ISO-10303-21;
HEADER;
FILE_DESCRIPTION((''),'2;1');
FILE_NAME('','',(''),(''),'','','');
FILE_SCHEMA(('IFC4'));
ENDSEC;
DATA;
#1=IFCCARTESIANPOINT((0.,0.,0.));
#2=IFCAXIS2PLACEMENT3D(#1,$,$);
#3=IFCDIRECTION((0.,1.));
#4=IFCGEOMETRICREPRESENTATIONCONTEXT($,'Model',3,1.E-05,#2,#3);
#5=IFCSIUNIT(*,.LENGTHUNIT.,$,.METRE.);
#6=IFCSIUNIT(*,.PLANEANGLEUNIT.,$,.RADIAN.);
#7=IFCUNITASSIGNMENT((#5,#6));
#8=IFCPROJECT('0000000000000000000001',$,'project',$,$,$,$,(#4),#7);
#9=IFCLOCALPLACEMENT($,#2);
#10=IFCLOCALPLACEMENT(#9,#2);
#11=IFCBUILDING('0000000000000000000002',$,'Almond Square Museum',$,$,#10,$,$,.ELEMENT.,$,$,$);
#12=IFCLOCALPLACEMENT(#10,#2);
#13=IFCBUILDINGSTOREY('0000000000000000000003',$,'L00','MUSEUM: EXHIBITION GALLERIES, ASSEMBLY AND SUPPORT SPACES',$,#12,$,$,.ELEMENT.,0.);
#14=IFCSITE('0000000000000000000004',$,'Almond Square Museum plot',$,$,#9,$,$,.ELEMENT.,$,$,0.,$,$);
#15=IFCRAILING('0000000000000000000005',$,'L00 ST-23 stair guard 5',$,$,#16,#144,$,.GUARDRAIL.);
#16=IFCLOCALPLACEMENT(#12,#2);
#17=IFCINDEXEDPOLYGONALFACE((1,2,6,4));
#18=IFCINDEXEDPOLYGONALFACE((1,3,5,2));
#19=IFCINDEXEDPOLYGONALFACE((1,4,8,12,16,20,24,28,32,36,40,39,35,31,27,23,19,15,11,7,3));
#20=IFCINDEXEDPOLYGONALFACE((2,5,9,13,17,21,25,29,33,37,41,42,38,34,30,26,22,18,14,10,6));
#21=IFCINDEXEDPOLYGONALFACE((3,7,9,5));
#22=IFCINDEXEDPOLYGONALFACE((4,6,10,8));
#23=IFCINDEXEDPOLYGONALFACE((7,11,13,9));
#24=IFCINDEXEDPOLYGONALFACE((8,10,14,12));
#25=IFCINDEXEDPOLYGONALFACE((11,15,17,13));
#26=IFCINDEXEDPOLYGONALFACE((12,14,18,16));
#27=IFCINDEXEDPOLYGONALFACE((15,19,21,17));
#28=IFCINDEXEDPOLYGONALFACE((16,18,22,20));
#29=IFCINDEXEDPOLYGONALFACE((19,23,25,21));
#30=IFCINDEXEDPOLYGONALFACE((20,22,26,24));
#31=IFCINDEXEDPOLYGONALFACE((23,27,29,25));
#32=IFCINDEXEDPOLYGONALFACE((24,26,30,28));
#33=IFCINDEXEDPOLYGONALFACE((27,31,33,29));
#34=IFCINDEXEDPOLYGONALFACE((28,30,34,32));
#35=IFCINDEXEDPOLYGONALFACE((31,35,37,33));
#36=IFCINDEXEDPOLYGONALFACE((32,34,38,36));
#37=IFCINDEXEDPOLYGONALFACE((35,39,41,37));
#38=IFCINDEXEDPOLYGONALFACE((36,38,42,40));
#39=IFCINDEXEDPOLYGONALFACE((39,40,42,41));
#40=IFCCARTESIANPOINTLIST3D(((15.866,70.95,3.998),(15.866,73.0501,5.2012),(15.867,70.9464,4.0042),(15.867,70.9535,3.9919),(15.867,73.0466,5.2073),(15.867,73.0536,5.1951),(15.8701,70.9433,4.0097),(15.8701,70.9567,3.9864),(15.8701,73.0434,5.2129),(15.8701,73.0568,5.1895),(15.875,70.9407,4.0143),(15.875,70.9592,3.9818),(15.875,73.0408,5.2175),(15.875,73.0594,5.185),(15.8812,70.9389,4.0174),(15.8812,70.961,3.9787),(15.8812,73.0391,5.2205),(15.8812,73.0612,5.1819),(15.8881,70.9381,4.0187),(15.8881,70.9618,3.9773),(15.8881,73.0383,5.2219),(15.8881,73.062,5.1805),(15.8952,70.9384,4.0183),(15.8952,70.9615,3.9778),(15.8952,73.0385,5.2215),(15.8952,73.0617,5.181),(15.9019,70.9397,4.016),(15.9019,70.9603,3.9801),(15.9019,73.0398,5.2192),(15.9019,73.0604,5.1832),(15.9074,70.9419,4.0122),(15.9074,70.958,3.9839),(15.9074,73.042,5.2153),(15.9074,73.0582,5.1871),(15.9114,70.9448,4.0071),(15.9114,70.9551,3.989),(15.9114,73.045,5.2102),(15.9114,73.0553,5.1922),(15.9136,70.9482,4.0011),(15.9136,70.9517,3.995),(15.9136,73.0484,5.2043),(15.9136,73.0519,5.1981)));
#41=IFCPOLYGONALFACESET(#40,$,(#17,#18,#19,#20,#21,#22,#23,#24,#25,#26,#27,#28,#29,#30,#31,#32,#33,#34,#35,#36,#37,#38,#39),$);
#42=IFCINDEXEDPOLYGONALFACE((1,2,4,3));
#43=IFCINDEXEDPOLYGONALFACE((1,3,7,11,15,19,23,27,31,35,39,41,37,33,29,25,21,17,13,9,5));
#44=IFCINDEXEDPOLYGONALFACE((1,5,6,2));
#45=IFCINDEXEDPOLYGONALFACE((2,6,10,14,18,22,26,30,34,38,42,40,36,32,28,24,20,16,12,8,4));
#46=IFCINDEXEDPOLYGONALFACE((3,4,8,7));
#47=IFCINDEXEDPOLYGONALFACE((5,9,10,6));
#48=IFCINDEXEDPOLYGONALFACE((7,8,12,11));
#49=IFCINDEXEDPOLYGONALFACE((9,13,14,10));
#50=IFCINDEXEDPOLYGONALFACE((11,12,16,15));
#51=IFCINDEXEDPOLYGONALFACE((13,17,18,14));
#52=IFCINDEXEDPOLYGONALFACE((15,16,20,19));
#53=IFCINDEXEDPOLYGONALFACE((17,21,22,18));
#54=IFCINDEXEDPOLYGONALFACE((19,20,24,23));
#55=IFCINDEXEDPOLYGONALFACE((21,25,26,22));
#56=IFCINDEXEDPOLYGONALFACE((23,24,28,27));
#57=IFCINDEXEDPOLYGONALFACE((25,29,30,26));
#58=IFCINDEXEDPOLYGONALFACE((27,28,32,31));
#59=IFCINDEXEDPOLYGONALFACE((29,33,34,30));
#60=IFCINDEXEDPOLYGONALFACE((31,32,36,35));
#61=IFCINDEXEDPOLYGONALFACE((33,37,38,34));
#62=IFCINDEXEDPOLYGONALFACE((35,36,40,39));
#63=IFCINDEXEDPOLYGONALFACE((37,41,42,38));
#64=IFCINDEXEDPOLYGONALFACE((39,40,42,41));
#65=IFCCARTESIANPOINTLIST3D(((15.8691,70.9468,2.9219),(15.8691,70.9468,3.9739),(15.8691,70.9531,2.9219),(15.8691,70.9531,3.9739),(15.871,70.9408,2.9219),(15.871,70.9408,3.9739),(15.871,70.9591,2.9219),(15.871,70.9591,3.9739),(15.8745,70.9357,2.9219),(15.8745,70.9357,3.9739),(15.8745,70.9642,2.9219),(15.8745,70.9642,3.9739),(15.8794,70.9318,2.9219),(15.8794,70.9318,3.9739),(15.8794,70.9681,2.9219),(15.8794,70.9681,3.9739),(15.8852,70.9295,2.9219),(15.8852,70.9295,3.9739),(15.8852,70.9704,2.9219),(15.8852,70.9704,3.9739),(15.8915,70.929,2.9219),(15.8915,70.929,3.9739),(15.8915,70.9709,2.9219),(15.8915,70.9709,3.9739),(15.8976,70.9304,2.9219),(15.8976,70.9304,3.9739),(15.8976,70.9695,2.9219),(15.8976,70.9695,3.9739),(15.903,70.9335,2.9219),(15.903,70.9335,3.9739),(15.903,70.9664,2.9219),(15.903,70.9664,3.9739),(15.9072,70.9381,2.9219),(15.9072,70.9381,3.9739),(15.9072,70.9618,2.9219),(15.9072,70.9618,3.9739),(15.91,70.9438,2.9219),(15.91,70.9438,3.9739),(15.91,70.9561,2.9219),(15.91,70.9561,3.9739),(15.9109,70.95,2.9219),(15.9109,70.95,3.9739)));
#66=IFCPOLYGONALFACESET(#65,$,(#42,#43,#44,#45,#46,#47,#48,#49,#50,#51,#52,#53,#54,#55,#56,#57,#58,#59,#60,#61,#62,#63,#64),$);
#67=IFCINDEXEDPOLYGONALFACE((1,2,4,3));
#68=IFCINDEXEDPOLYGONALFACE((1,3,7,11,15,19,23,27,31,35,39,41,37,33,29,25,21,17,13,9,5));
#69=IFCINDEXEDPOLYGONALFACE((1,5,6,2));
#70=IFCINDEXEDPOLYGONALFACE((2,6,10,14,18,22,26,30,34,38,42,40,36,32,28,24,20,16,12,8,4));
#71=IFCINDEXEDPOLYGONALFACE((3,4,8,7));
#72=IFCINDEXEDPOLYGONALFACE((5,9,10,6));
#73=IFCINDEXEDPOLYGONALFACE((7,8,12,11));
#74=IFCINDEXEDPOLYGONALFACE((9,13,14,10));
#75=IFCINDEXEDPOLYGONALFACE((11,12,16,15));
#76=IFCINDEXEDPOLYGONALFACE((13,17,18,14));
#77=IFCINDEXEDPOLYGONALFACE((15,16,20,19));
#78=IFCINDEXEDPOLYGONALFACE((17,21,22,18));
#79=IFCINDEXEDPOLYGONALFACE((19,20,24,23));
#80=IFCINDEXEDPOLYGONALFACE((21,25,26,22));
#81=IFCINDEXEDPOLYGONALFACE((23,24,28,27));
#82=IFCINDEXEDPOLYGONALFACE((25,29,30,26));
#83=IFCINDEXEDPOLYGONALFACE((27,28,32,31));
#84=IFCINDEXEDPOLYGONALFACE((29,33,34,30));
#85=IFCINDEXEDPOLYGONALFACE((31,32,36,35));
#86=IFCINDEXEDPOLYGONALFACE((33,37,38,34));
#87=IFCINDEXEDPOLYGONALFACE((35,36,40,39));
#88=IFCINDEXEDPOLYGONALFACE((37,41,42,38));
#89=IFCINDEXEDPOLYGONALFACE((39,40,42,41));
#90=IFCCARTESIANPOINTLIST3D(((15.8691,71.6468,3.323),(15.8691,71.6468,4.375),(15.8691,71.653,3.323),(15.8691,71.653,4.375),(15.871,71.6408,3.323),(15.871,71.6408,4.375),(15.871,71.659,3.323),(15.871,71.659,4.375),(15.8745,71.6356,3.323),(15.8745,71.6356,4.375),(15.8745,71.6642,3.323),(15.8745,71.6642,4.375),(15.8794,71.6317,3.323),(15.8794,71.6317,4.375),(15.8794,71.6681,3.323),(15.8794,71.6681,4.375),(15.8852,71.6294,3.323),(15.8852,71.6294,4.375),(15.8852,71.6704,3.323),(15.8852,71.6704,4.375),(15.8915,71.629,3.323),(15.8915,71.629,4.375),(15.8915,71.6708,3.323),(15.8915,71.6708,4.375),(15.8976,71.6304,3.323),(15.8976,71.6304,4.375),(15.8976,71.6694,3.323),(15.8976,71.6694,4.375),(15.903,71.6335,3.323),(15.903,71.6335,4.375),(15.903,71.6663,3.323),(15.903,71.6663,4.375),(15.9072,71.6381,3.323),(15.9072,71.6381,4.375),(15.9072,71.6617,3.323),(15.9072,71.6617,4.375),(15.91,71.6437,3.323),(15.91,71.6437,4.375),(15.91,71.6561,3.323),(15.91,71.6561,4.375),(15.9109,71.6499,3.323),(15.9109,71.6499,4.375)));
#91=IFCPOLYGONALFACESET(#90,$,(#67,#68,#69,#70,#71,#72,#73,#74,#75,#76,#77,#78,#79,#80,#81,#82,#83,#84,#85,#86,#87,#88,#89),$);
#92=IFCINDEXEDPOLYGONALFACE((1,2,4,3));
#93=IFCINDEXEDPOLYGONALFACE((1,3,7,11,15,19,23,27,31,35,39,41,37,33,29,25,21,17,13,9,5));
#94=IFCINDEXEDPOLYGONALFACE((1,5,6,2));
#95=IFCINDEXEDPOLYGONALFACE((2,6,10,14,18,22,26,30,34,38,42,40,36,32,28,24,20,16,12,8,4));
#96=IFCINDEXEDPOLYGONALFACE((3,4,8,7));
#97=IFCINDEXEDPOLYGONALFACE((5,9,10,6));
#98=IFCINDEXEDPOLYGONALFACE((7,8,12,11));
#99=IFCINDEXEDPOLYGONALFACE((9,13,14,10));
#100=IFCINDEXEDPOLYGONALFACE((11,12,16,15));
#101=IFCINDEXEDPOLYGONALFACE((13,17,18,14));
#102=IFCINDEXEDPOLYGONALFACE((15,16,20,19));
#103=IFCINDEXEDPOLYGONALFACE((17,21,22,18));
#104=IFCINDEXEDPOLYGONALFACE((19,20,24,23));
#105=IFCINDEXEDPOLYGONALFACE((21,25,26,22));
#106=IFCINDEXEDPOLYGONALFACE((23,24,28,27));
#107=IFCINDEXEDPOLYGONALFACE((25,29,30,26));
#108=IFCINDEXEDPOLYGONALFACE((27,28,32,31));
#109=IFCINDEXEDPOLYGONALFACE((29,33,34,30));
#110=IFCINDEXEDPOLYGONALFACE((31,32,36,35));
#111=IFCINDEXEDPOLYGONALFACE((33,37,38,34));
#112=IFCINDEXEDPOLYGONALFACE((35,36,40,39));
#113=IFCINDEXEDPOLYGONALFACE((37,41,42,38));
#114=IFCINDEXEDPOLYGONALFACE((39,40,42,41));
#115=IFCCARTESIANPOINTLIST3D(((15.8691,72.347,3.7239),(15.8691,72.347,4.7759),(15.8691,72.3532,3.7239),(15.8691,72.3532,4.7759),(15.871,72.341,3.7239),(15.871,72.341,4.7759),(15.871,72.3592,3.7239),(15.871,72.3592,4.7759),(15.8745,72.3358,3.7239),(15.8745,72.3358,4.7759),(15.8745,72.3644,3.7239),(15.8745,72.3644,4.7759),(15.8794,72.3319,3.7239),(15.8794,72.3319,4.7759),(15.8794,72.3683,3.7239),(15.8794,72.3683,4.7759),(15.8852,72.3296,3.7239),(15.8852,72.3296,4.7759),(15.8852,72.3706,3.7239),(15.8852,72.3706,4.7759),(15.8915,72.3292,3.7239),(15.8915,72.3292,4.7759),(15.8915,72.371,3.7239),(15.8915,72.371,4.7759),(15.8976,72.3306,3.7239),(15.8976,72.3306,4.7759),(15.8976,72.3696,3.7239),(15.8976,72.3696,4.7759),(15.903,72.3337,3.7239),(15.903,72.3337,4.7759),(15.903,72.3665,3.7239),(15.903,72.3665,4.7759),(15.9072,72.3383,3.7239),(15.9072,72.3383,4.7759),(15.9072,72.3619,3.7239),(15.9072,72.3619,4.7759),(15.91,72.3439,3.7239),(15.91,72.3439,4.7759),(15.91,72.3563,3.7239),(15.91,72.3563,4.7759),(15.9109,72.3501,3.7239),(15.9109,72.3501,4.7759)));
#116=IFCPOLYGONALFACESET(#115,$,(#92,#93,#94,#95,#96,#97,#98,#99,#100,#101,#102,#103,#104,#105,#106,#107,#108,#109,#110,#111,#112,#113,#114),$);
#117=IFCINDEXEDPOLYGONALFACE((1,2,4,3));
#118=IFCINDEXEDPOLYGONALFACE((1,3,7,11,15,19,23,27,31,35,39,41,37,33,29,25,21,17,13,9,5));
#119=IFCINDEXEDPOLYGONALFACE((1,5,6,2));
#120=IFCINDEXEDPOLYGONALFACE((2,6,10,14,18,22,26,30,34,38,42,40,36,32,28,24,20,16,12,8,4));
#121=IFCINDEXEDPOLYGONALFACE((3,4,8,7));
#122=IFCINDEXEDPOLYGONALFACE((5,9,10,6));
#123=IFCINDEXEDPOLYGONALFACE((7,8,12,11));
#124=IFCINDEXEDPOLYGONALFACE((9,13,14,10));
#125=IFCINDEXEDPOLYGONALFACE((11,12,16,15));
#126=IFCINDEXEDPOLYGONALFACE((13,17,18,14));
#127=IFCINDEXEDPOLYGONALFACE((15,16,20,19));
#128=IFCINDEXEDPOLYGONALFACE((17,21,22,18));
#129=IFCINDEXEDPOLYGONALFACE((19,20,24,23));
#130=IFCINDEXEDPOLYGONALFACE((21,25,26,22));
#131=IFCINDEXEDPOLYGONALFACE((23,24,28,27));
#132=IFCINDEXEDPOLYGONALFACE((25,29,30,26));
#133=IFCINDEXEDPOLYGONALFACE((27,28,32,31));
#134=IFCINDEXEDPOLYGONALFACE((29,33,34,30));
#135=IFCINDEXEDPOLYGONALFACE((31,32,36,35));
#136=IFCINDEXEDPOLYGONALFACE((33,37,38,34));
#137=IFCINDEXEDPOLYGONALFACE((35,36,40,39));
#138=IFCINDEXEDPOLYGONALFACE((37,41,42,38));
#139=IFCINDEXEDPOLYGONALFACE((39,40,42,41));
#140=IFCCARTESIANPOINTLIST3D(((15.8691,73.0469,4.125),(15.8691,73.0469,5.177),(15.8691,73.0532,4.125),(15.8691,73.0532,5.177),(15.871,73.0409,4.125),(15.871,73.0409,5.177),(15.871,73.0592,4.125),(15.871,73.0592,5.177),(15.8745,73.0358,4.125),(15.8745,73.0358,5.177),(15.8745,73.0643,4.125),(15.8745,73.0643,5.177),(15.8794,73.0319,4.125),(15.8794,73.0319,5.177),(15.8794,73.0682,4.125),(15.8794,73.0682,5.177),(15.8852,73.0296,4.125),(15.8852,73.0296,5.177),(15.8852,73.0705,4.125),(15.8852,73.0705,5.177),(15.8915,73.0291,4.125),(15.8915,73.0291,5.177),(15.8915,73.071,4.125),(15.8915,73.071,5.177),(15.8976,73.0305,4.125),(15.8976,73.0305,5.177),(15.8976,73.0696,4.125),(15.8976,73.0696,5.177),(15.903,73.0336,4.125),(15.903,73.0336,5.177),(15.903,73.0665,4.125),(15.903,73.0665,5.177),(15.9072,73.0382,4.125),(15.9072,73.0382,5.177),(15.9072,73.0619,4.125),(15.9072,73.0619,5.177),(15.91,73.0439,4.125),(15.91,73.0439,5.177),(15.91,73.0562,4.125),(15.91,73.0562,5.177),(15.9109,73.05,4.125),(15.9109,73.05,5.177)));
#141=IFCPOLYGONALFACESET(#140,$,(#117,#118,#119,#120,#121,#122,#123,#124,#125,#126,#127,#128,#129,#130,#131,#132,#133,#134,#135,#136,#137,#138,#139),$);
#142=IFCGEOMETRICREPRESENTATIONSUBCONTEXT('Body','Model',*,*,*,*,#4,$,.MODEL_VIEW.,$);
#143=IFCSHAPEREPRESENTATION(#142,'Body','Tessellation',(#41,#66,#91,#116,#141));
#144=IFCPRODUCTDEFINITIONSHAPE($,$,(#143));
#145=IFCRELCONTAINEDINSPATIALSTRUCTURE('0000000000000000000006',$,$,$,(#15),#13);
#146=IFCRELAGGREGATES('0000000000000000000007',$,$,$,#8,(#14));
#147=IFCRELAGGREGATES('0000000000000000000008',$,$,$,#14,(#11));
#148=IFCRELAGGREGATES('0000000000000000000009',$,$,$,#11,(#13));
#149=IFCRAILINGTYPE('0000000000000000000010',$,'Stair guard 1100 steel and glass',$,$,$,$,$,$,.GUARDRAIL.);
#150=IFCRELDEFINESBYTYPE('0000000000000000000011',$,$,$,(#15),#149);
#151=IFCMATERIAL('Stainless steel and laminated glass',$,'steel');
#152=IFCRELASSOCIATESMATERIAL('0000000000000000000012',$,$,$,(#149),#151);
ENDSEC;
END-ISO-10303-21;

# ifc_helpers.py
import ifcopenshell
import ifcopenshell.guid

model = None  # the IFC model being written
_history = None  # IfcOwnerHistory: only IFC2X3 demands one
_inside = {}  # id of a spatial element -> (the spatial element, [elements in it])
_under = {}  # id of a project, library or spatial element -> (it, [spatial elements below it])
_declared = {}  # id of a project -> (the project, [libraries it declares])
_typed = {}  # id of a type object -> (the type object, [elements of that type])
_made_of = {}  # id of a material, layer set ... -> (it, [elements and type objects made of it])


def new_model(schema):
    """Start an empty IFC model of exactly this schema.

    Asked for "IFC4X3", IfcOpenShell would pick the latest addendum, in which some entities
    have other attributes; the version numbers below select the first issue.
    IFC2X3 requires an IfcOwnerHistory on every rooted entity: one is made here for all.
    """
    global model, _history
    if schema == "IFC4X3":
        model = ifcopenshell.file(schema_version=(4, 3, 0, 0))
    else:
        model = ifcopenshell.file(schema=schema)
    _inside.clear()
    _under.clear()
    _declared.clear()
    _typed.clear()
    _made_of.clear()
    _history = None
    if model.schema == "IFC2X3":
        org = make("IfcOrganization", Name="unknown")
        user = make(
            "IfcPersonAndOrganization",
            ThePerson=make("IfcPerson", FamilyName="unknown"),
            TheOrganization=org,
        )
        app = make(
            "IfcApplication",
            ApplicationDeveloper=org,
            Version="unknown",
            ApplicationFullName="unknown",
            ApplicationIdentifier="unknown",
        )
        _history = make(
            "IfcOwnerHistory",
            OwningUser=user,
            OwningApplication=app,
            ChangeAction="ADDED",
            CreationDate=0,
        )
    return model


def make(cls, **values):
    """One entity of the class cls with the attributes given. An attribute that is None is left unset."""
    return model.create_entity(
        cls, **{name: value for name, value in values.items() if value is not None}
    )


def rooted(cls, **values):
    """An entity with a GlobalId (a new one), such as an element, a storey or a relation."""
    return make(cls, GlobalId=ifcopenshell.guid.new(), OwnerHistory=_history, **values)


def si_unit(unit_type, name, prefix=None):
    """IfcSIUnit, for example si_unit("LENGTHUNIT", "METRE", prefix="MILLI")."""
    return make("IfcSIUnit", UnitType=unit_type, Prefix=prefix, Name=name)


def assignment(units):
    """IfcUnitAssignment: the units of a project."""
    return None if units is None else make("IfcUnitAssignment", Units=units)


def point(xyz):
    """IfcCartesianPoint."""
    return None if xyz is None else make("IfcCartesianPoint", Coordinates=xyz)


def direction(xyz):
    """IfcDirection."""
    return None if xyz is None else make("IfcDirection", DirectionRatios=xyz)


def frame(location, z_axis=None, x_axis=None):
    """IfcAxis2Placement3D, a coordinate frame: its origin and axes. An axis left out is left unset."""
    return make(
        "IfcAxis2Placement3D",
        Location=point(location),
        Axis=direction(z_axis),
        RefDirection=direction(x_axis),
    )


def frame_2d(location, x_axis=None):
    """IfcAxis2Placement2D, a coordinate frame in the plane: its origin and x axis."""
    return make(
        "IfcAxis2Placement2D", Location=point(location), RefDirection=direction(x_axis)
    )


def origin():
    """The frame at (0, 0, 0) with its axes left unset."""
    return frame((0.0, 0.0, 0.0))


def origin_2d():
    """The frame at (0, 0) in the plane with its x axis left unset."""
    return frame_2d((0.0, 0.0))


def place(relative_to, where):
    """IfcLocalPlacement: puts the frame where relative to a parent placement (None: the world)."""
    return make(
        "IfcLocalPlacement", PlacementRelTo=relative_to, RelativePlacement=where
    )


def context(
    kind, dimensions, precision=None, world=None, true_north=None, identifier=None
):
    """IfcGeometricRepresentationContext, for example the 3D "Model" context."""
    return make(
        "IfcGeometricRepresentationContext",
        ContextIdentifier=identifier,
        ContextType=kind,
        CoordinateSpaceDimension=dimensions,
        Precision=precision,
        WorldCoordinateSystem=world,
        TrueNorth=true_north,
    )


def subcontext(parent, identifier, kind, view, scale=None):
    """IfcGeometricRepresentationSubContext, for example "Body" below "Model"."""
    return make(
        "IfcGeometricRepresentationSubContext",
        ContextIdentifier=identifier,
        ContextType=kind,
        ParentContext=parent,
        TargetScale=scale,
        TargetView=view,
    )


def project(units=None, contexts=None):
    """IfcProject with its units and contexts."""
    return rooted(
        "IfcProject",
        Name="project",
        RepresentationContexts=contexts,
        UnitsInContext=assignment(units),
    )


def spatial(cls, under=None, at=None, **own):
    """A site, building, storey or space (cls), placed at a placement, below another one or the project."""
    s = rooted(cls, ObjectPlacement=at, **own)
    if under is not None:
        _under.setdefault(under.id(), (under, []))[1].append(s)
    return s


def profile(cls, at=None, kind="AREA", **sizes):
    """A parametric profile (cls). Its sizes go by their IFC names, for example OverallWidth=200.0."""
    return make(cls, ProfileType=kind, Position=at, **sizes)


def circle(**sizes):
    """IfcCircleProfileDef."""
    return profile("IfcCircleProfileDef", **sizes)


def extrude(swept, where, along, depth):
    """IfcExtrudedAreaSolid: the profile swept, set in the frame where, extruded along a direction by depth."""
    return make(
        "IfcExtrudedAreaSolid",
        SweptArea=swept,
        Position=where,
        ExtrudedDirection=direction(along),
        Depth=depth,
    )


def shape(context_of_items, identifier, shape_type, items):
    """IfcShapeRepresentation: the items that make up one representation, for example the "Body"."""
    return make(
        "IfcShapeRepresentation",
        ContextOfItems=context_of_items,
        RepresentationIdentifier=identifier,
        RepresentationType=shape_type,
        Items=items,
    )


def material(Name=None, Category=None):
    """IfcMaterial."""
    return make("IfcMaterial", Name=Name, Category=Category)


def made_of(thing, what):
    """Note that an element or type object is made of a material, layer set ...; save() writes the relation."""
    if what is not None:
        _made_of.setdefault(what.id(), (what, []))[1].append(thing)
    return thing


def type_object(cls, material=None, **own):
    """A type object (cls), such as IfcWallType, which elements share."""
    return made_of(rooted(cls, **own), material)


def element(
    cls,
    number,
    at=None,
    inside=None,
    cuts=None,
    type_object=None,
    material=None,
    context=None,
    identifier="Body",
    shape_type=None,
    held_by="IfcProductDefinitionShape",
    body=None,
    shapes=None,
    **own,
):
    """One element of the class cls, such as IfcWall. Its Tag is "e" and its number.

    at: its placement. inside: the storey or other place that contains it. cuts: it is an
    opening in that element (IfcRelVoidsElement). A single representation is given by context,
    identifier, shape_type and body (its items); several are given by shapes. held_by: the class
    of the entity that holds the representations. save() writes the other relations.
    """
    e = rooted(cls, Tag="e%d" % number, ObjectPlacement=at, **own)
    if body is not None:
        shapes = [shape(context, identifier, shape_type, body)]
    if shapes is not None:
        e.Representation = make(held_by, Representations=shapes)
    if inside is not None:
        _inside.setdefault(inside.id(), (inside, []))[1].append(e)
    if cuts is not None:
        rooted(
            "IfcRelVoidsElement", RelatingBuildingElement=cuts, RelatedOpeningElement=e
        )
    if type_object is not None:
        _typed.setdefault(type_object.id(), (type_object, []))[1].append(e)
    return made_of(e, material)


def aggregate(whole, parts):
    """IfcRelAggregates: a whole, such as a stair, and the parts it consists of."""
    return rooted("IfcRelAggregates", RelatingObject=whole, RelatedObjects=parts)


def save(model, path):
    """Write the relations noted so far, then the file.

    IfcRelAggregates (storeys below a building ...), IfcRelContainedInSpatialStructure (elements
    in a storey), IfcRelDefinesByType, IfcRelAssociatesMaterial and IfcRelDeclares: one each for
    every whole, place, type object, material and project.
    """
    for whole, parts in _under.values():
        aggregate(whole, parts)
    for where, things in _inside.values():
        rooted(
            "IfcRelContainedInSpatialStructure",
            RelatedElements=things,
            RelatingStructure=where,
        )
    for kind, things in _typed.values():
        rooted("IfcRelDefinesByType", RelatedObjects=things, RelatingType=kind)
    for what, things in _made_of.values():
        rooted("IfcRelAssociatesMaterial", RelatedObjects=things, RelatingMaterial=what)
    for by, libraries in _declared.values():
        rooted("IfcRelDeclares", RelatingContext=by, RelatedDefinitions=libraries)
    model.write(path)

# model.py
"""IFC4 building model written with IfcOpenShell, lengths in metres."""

from ifc_helpers import new_model, si_unit, direction, frame, origin, origin_2d, place, context, subcontext, project, spatial, circle, extrude, material, type_object, element, save


model = new_model("IFC4")

# Units and contexts
model_context = context("Model", 3, precision=1e-05, world=origin(), true_north=direction((0.0, 1.0)))
body_context = subcontext(model_context, "Body", "Model", "MODEL_VIEW")
ifc_project = project(units=[si_unit("LENGTHUNIT", "METRE"), si_unit("PLANEANGLEUNIT", "RADIAN")], contexts=[model_context])

# Site, building, storey
site_placement = place(None, origin())
site = spatial("IfcSite", under=ifc_project, at=site_placement, Name="Almond Square Museum plot", CompositionType="ELEMENT", RefElevation=0.0)
building_placement = place(site_placement, origin())
building = spatial("IfcBuilding", under=site, at=building_placement, Name="Almond Square Museum", CompositionType="ELEMENT")
storey_placement = place(building_placement, origin())
storey = spatial("IfcBuildingStorey", under=building, at=storey_placement, Name="L00", Description="MUSEUM: EXHIBITION GALLERIES, ASSEMBLY AND SUPPORT SPACES", CompositionType="ELEMENT", Elevation=0.0)

# Railing
ifc_material_1 = material(Name="Stainless steel and laminated glass", Category="steel")
railing_type_1 = type_object("IfcRailingType", Name="Stair guard 1100 steel and glass", PredefinedType="GUARDRAIL", material=ifc_material_1)
railing_1_placement = place(storey_placement, frame((15.8899, 70.95, 2.9219)))
element("IfcRailing", 1, at=railing_1_placement, inside=storey, type_object=railing_type_1, Name="L00 ST-23 stair guard 5", PredefinedType="GUARDRAIL", context=body_context, shape_type="SweptSolid", body=[
    extrude(circle(Radius=0.0239, at=origin_2d()), frame((0.0, 0.0, 1.0762), z_axis=(0.0, 0.867696, 0.497095), x_axis=(-1.0, 0.0, 0.0)), (0.0, 0.0, 1.0), 2.4204),
    extrude(circle(Radius=0.021, at=origin_2d()), origin(), (0.0, 0.0, 1.0), 1.052),
    extrude(circle(Radius=0.021, at=origin_2d()), frame((0.0, 0.7, 0.4011)), (0.0, 0.0, 1.0), 1.052),
    extrude(circle(Radius=0.021, at=origin_2d()), frame((0.0, 1.4001, 0.802)), (0.0, 0.0, 1.0), 1.052),
    extrude(circle(Radius=0.021, at=origin_2d()), frame((0.0, 2.1001, 1.2031)), (0.0, 0.0, 1.0), 1.052),
])

save(model, "model.ifc")
